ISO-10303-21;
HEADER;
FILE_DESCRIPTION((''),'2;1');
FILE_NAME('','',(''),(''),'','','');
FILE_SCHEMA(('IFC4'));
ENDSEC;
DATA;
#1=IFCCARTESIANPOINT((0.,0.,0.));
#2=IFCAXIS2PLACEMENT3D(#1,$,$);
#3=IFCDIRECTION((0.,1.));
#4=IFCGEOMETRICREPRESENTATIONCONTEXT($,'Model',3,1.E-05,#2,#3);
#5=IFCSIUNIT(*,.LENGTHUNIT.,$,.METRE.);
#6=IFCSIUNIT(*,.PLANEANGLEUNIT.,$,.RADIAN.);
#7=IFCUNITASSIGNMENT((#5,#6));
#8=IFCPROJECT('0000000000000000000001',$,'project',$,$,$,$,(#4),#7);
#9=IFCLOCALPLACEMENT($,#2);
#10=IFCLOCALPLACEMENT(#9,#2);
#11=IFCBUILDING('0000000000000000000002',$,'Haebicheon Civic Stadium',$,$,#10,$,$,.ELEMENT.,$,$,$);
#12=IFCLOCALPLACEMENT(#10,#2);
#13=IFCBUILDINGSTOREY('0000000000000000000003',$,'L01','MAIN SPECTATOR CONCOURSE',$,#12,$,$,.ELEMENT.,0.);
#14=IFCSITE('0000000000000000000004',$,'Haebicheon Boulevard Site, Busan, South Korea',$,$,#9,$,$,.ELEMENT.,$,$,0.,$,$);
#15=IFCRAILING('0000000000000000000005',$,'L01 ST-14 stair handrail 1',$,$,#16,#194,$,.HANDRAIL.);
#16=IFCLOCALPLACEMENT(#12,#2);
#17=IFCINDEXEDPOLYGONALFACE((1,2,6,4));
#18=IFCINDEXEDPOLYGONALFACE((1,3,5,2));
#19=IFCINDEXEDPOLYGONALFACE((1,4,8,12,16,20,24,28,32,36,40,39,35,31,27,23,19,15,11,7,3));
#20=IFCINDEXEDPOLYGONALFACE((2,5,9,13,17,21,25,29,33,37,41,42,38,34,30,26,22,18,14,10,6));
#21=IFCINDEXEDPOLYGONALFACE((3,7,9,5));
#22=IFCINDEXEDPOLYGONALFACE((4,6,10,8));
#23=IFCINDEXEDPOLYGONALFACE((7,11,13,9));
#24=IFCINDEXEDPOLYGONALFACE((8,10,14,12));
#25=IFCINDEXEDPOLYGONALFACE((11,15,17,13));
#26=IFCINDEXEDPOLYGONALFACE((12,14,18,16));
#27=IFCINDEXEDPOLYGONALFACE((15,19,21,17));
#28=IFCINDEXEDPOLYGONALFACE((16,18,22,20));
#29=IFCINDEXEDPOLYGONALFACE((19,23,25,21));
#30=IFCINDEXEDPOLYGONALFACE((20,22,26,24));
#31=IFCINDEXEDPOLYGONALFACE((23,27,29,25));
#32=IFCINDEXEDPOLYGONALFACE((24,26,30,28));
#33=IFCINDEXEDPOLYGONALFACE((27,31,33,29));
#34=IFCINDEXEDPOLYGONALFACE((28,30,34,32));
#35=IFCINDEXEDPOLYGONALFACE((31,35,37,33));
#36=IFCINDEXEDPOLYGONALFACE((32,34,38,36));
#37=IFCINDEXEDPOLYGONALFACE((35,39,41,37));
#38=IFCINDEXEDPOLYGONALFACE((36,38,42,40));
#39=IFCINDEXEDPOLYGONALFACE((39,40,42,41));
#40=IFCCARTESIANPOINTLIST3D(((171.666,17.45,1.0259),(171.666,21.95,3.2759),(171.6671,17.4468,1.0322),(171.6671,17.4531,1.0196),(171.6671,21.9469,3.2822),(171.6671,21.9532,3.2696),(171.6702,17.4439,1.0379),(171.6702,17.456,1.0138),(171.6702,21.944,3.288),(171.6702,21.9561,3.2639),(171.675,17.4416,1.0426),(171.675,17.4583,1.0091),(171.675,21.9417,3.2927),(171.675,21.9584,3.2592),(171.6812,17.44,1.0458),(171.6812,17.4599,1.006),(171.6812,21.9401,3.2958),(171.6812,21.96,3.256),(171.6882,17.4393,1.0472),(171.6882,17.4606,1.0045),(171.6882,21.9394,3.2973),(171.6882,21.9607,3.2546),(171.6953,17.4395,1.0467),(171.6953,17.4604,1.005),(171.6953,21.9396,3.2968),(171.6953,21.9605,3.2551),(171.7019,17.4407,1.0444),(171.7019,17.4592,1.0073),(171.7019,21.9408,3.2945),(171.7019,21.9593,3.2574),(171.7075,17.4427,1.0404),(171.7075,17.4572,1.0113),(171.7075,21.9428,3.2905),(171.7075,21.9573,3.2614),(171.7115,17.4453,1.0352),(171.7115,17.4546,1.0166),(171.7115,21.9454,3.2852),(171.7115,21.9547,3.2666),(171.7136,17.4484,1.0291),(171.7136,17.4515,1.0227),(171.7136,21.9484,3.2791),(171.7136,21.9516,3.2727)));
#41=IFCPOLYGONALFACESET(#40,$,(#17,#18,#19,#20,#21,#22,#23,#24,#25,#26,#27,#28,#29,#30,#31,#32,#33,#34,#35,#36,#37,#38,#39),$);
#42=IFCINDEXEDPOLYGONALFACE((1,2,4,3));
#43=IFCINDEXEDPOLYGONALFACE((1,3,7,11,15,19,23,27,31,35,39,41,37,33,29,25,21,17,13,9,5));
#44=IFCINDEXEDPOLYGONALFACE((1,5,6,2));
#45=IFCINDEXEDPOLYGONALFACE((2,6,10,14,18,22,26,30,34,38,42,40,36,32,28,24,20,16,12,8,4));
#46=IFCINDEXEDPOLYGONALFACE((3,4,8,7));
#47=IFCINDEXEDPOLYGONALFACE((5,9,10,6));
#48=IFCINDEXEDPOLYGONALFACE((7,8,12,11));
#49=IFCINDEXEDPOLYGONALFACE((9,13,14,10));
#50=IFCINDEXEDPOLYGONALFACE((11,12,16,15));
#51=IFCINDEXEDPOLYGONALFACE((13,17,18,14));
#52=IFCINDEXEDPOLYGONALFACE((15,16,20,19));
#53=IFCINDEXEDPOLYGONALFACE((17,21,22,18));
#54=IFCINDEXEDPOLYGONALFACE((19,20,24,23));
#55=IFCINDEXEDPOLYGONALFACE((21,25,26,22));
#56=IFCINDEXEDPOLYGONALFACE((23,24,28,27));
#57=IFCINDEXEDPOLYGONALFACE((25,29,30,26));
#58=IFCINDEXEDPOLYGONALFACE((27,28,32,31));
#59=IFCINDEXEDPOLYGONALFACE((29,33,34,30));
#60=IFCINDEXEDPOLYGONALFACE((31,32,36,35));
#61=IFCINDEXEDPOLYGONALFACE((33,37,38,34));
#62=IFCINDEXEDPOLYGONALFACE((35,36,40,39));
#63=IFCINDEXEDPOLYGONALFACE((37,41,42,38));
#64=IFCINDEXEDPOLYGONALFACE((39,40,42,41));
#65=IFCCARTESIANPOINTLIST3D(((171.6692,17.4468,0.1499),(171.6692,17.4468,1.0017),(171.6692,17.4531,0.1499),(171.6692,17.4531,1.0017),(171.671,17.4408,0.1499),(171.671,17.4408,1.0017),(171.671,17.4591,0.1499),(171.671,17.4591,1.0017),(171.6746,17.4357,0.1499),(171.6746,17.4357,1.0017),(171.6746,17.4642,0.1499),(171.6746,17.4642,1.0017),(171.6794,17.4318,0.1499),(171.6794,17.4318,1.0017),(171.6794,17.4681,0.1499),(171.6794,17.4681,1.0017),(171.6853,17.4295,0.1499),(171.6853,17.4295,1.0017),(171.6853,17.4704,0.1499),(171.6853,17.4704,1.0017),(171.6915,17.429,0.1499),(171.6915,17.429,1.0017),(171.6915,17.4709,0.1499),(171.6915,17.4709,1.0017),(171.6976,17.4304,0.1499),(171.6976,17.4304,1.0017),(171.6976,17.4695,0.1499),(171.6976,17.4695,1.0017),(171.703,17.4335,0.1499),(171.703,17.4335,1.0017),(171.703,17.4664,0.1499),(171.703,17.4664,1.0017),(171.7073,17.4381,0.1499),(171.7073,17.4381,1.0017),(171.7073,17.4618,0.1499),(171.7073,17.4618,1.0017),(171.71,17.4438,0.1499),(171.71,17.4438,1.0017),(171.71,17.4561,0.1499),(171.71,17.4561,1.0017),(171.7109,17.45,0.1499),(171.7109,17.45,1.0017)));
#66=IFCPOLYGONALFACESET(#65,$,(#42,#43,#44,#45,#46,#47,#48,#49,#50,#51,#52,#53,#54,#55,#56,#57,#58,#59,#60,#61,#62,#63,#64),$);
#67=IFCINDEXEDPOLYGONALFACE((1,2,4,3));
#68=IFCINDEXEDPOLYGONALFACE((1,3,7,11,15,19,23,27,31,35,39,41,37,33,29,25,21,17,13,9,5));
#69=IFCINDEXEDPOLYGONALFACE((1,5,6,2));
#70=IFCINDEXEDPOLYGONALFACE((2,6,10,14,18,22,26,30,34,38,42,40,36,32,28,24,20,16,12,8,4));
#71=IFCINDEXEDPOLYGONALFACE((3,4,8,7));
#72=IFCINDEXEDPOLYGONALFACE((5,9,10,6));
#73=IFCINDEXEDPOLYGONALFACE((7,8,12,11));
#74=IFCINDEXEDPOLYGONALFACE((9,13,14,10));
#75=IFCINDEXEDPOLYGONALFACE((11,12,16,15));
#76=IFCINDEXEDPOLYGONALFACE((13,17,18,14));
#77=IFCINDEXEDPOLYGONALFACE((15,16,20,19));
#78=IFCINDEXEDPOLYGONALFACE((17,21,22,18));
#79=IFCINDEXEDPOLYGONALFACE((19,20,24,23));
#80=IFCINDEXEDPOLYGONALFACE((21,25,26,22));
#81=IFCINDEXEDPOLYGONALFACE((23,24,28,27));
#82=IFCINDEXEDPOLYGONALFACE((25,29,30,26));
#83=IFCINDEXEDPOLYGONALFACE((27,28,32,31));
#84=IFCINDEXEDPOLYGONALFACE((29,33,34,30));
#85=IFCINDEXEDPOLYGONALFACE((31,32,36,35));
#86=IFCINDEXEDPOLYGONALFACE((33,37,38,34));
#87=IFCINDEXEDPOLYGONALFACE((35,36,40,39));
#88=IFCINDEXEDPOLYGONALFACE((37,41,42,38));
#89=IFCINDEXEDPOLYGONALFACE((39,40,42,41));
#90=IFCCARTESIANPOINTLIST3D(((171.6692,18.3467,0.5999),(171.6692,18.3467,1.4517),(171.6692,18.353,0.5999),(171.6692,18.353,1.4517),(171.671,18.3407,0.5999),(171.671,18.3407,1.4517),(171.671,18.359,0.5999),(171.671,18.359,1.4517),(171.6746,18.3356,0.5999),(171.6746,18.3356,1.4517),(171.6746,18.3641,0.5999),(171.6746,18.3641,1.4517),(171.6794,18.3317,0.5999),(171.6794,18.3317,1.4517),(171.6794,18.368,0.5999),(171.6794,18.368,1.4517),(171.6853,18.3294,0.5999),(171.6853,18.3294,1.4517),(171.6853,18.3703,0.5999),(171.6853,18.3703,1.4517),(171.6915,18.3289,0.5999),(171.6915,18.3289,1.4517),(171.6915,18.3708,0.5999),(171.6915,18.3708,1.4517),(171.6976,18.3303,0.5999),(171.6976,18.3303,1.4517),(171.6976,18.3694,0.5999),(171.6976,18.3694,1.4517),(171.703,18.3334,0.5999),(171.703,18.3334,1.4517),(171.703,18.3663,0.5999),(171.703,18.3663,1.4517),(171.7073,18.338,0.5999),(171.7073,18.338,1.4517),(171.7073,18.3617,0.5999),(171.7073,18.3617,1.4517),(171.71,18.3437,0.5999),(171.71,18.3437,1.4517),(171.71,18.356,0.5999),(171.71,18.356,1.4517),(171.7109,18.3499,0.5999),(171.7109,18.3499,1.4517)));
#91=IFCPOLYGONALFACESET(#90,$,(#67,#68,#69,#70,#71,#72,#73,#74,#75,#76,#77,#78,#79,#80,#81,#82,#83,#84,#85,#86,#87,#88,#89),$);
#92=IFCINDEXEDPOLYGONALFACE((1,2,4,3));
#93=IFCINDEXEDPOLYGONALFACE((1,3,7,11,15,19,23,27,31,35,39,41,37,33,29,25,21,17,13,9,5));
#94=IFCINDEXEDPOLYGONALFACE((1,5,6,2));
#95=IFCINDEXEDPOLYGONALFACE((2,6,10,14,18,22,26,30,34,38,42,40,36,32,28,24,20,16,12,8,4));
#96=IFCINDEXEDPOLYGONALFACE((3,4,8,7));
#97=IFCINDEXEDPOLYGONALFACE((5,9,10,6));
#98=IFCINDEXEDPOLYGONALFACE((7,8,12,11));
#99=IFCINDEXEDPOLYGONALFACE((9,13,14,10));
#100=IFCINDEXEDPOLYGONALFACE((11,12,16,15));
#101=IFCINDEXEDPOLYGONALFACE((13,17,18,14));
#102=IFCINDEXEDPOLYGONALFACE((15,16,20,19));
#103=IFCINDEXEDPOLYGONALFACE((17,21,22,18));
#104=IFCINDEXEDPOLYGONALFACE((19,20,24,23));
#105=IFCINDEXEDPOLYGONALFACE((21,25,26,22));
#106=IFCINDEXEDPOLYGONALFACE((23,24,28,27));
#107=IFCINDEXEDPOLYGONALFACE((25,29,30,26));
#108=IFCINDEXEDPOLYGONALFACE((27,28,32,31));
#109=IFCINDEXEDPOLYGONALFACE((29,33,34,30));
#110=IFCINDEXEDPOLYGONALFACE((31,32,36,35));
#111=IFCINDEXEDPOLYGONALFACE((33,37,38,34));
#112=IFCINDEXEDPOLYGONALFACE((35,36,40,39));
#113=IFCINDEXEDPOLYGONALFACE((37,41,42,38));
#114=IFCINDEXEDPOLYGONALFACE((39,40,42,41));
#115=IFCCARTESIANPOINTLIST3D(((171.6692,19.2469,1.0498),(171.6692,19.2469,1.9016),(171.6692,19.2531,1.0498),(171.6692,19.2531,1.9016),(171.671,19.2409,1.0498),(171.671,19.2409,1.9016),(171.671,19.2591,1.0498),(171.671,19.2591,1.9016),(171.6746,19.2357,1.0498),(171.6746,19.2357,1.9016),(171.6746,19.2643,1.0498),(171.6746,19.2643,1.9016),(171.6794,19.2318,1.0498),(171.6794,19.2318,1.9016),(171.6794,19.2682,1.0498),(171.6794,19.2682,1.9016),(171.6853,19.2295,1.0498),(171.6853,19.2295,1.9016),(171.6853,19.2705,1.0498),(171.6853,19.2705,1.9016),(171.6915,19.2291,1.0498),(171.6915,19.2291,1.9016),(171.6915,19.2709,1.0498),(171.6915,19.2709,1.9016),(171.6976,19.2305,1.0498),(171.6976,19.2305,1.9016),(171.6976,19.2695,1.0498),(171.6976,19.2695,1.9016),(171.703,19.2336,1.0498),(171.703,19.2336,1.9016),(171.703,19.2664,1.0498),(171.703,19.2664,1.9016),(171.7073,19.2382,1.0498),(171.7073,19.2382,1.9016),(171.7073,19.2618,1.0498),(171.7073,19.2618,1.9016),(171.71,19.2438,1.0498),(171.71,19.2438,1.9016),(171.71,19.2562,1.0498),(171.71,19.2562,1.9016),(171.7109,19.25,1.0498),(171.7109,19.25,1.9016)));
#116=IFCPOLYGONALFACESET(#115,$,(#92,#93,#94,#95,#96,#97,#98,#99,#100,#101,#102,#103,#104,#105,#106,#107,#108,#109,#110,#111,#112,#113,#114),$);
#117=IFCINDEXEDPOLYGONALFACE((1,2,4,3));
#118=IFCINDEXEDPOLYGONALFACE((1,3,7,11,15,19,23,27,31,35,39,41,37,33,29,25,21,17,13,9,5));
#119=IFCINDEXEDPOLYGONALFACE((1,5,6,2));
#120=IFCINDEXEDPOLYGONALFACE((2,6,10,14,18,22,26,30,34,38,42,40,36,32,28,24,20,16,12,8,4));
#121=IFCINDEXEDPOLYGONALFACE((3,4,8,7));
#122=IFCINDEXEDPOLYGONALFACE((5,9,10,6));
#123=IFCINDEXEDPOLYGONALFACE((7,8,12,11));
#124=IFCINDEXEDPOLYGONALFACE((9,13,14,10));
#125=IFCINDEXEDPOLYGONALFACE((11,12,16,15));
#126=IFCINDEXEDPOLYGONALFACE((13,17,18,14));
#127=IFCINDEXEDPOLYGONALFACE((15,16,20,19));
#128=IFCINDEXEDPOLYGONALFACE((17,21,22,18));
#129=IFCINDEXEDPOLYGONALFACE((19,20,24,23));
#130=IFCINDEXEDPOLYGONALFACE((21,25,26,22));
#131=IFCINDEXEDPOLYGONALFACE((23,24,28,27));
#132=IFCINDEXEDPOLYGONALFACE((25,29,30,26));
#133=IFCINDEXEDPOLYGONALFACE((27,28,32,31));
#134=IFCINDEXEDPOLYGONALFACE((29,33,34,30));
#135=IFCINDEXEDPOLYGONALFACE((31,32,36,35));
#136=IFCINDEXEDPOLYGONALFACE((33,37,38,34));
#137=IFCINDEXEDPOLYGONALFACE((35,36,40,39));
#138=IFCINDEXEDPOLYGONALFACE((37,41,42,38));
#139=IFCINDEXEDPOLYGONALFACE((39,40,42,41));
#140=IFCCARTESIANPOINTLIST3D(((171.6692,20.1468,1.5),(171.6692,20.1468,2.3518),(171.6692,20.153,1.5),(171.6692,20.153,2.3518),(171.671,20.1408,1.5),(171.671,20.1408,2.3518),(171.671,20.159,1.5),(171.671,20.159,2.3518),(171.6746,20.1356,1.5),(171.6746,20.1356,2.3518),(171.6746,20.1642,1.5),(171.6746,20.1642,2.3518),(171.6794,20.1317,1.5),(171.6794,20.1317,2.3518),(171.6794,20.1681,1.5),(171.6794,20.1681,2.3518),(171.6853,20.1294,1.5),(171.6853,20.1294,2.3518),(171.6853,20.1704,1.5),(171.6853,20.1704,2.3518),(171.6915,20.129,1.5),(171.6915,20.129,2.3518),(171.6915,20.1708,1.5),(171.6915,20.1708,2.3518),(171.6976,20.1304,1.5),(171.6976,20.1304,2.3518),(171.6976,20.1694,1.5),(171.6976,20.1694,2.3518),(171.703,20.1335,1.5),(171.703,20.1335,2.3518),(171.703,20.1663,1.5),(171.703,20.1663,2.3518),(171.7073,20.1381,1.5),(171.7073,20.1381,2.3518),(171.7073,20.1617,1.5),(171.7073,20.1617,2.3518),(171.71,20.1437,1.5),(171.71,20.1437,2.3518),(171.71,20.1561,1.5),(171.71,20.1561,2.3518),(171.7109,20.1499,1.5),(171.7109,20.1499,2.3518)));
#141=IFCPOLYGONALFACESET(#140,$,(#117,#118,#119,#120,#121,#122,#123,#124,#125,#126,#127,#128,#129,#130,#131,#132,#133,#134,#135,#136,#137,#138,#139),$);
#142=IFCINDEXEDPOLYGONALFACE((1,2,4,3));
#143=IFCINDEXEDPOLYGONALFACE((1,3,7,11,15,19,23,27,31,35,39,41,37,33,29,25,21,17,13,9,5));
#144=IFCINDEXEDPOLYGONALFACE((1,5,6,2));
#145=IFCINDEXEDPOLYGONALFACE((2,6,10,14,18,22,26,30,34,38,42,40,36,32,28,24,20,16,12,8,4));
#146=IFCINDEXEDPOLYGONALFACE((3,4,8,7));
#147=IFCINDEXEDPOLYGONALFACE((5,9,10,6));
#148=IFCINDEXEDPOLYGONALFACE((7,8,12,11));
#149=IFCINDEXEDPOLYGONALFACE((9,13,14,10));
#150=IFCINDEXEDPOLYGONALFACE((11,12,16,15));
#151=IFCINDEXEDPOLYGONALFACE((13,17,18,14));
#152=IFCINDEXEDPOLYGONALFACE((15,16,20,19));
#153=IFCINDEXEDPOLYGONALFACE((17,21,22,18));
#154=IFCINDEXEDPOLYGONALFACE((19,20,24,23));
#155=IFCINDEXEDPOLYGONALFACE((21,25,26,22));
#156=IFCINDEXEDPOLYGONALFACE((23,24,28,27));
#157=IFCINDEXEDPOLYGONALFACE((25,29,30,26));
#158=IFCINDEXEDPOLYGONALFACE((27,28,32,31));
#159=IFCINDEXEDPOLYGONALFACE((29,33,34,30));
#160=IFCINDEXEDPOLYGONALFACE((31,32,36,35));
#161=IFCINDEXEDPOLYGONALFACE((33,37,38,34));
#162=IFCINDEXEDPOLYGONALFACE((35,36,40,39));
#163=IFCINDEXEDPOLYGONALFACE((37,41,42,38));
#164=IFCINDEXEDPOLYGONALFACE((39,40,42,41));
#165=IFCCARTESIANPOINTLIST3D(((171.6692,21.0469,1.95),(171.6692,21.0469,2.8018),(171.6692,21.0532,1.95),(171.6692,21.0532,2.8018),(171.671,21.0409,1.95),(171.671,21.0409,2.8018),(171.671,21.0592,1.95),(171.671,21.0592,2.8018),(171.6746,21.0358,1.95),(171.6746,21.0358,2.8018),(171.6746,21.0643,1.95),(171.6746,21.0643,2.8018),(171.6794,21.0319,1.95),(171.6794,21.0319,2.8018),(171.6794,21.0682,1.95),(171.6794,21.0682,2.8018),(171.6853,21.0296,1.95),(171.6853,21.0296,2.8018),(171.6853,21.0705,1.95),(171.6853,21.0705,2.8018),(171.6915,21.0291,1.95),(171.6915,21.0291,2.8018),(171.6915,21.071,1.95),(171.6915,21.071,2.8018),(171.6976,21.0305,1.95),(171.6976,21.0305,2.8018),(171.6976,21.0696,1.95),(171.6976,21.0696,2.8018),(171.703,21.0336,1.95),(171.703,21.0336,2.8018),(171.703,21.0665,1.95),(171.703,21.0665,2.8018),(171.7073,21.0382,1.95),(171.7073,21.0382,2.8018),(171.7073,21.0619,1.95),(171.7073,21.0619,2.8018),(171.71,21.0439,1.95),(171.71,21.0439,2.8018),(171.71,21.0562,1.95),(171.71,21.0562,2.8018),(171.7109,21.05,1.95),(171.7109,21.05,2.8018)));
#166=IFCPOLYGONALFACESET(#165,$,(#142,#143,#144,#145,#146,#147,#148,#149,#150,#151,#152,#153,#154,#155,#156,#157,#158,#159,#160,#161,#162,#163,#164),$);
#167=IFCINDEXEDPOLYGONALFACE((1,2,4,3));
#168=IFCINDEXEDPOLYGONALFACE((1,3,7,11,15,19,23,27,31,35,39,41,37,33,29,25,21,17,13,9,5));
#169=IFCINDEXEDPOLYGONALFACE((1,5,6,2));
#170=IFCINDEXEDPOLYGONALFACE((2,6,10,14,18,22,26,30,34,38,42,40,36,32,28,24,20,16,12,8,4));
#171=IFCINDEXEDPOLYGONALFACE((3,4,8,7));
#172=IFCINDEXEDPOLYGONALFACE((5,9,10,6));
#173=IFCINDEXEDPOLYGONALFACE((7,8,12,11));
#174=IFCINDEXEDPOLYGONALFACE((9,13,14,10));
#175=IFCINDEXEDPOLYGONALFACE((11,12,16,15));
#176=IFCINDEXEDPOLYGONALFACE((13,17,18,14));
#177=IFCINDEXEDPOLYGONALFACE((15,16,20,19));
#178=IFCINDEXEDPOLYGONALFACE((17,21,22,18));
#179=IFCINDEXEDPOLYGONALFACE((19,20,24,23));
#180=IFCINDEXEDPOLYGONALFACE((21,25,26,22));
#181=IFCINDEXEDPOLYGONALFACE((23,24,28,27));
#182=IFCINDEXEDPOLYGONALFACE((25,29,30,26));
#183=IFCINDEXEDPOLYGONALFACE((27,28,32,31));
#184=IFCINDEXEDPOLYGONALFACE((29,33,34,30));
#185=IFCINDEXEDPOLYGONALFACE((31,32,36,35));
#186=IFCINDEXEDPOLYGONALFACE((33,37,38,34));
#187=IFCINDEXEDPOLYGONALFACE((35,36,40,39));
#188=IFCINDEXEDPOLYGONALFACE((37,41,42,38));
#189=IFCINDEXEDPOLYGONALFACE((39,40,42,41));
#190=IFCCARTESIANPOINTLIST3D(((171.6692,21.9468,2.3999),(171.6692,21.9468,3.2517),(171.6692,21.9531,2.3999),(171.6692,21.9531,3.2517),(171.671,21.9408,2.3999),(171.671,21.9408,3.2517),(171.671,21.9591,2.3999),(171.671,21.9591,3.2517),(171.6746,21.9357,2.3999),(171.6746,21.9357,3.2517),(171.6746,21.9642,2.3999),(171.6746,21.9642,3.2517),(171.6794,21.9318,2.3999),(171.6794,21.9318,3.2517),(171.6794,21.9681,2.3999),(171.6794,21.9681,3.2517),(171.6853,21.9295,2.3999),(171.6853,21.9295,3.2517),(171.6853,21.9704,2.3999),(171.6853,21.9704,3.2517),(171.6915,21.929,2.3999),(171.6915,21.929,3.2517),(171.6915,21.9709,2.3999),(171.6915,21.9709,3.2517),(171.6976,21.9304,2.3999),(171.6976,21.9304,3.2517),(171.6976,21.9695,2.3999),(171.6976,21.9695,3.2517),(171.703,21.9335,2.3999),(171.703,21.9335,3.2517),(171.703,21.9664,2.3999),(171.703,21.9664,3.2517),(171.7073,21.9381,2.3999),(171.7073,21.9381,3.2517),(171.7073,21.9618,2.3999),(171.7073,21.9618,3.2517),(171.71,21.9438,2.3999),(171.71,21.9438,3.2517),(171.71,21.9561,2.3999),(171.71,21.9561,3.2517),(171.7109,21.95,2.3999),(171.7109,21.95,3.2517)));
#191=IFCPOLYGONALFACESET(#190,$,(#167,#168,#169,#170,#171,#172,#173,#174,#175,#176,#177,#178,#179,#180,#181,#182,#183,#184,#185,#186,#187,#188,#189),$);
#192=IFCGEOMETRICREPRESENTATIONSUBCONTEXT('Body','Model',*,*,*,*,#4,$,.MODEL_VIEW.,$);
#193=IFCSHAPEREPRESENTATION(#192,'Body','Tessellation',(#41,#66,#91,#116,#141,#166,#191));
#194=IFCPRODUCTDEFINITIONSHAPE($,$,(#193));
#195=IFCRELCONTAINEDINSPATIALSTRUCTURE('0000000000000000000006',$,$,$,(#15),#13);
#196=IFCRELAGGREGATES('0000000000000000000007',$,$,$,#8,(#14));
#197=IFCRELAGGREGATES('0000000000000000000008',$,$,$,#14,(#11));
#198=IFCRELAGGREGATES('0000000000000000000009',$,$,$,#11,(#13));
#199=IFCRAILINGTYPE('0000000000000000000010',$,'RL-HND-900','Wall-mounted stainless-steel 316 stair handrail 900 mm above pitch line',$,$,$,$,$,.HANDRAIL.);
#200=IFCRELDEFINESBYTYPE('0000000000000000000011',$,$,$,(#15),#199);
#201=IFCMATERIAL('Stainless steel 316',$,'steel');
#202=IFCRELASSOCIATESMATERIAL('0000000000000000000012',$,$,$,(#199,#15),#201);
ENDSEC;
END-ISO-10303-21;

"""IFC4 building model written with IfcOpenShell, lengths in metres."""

from ifc_helpers import new_model, si_unit, direction, frame, origin, origin_2d, place, context, subcontext, project, spatial, circle, extrude, material, type_object, element, save


model = new_model("IFC4")

# Units and contexts
model_context = context("Model", 3, precision=1e-05, world=origin(), true_north=direction((0.0, 1.0)))
body_context = subcontext(model_context, "Body", "Model", "MODEL_VIEW")
ifc_project = project(units=[si_unit("LENGTHUNIT", "METRE"), si_unit("PLANEANGLEUNIT", "RADIAN")], contexts=[model_context])

# Site, building, storey
site_placement = place(None, origin())
site = spatial("IfcSite", under=ifc_project, at=site_placement, Name="Haebicheon Boulevard Site, Busan, South Korea", CompositionType="ELEMENT", RefElevation=0.0)
building_placement = place(site_placement, origin())
building = spatial("IfcBuilding", under=site, at=building_placement, Name="Haebicheon Civic Stadium", CompositionType="ELEMENT")
storey_placement = place(building_placement, origin())
storey = spatial("IfcBuildingStorey", under=building, at=storey_placement, Name="L01", Description="MAIN SPECTATOR CONCOURSE", CompositionType="ELEMENT", Elevation=0.0)

# Railing
ifc_material_1 = material(Name="Stainless steel 316", Category="steel")
railing_type_1 = type_object("IfcRailingType", Name="RL-HND-900", Description="Wall-mounted stainless-steel 316 stair handrail 900 mm above pitch line", PredefinedType="HANDRAIL", material=ifc_material_1)
railing_1_placement = place(storey_placement, frame((171.6899, 17.45, 0.1499)))
element("IfcRailing", 1, at=railing_1_placement, inside=storey, type_object=railing_type_1, material=ifc_material_1, Name="L01 ST-14 stair handrail 1", PredefinedType="HANDRAIL", context=body_context, shape_type="SweptSolid", body=[
    extrude(circle(Radius=0.0239, at=origin_2d()), frame((0.0, 0.0, 0.876), z_axis=(0.0, 0.894427, 0.447214), x_axis=(-1.0, 0.0, 0.0)), (0.0, 0.0, 1.0), 5.0312),
    extrude(circle(Radius=0.021, at=origin_2d()), origin(), (0.0, 0.0, 1.0), 0.8518),
    extrude(circle(Radius=0.021, at=origin_2d()), frame((0.0, 0.8999, 0.45)), (0.0, 0.0, 1.0), 0.8518),
    extrude(circle(Radius=0.021, at=origin_2d()), frame((0.0, 1.8, 0.8999)), (0.0, 0.0, 1.0), 0.8518),
    extrude(circle(Radius=0.021, at=origin_2d()), frame((0.0, 2.7, 1.3501)), (0.0, 0.0, 1.0), 0.8518),
    extrude(circle(Radius=0.021, at=origin_2d()), frame((0.0, 3.6001, 1.8)), (0.0, 0.0, 1.0), 0.8518),
    extrude(circle(Radius=0.021, at=origin_2d()), frame((0.0, 4.5, 2.25)), (0.0, 0.0, 1.0), 0.8518),
])

save(model, "model.ifc")
